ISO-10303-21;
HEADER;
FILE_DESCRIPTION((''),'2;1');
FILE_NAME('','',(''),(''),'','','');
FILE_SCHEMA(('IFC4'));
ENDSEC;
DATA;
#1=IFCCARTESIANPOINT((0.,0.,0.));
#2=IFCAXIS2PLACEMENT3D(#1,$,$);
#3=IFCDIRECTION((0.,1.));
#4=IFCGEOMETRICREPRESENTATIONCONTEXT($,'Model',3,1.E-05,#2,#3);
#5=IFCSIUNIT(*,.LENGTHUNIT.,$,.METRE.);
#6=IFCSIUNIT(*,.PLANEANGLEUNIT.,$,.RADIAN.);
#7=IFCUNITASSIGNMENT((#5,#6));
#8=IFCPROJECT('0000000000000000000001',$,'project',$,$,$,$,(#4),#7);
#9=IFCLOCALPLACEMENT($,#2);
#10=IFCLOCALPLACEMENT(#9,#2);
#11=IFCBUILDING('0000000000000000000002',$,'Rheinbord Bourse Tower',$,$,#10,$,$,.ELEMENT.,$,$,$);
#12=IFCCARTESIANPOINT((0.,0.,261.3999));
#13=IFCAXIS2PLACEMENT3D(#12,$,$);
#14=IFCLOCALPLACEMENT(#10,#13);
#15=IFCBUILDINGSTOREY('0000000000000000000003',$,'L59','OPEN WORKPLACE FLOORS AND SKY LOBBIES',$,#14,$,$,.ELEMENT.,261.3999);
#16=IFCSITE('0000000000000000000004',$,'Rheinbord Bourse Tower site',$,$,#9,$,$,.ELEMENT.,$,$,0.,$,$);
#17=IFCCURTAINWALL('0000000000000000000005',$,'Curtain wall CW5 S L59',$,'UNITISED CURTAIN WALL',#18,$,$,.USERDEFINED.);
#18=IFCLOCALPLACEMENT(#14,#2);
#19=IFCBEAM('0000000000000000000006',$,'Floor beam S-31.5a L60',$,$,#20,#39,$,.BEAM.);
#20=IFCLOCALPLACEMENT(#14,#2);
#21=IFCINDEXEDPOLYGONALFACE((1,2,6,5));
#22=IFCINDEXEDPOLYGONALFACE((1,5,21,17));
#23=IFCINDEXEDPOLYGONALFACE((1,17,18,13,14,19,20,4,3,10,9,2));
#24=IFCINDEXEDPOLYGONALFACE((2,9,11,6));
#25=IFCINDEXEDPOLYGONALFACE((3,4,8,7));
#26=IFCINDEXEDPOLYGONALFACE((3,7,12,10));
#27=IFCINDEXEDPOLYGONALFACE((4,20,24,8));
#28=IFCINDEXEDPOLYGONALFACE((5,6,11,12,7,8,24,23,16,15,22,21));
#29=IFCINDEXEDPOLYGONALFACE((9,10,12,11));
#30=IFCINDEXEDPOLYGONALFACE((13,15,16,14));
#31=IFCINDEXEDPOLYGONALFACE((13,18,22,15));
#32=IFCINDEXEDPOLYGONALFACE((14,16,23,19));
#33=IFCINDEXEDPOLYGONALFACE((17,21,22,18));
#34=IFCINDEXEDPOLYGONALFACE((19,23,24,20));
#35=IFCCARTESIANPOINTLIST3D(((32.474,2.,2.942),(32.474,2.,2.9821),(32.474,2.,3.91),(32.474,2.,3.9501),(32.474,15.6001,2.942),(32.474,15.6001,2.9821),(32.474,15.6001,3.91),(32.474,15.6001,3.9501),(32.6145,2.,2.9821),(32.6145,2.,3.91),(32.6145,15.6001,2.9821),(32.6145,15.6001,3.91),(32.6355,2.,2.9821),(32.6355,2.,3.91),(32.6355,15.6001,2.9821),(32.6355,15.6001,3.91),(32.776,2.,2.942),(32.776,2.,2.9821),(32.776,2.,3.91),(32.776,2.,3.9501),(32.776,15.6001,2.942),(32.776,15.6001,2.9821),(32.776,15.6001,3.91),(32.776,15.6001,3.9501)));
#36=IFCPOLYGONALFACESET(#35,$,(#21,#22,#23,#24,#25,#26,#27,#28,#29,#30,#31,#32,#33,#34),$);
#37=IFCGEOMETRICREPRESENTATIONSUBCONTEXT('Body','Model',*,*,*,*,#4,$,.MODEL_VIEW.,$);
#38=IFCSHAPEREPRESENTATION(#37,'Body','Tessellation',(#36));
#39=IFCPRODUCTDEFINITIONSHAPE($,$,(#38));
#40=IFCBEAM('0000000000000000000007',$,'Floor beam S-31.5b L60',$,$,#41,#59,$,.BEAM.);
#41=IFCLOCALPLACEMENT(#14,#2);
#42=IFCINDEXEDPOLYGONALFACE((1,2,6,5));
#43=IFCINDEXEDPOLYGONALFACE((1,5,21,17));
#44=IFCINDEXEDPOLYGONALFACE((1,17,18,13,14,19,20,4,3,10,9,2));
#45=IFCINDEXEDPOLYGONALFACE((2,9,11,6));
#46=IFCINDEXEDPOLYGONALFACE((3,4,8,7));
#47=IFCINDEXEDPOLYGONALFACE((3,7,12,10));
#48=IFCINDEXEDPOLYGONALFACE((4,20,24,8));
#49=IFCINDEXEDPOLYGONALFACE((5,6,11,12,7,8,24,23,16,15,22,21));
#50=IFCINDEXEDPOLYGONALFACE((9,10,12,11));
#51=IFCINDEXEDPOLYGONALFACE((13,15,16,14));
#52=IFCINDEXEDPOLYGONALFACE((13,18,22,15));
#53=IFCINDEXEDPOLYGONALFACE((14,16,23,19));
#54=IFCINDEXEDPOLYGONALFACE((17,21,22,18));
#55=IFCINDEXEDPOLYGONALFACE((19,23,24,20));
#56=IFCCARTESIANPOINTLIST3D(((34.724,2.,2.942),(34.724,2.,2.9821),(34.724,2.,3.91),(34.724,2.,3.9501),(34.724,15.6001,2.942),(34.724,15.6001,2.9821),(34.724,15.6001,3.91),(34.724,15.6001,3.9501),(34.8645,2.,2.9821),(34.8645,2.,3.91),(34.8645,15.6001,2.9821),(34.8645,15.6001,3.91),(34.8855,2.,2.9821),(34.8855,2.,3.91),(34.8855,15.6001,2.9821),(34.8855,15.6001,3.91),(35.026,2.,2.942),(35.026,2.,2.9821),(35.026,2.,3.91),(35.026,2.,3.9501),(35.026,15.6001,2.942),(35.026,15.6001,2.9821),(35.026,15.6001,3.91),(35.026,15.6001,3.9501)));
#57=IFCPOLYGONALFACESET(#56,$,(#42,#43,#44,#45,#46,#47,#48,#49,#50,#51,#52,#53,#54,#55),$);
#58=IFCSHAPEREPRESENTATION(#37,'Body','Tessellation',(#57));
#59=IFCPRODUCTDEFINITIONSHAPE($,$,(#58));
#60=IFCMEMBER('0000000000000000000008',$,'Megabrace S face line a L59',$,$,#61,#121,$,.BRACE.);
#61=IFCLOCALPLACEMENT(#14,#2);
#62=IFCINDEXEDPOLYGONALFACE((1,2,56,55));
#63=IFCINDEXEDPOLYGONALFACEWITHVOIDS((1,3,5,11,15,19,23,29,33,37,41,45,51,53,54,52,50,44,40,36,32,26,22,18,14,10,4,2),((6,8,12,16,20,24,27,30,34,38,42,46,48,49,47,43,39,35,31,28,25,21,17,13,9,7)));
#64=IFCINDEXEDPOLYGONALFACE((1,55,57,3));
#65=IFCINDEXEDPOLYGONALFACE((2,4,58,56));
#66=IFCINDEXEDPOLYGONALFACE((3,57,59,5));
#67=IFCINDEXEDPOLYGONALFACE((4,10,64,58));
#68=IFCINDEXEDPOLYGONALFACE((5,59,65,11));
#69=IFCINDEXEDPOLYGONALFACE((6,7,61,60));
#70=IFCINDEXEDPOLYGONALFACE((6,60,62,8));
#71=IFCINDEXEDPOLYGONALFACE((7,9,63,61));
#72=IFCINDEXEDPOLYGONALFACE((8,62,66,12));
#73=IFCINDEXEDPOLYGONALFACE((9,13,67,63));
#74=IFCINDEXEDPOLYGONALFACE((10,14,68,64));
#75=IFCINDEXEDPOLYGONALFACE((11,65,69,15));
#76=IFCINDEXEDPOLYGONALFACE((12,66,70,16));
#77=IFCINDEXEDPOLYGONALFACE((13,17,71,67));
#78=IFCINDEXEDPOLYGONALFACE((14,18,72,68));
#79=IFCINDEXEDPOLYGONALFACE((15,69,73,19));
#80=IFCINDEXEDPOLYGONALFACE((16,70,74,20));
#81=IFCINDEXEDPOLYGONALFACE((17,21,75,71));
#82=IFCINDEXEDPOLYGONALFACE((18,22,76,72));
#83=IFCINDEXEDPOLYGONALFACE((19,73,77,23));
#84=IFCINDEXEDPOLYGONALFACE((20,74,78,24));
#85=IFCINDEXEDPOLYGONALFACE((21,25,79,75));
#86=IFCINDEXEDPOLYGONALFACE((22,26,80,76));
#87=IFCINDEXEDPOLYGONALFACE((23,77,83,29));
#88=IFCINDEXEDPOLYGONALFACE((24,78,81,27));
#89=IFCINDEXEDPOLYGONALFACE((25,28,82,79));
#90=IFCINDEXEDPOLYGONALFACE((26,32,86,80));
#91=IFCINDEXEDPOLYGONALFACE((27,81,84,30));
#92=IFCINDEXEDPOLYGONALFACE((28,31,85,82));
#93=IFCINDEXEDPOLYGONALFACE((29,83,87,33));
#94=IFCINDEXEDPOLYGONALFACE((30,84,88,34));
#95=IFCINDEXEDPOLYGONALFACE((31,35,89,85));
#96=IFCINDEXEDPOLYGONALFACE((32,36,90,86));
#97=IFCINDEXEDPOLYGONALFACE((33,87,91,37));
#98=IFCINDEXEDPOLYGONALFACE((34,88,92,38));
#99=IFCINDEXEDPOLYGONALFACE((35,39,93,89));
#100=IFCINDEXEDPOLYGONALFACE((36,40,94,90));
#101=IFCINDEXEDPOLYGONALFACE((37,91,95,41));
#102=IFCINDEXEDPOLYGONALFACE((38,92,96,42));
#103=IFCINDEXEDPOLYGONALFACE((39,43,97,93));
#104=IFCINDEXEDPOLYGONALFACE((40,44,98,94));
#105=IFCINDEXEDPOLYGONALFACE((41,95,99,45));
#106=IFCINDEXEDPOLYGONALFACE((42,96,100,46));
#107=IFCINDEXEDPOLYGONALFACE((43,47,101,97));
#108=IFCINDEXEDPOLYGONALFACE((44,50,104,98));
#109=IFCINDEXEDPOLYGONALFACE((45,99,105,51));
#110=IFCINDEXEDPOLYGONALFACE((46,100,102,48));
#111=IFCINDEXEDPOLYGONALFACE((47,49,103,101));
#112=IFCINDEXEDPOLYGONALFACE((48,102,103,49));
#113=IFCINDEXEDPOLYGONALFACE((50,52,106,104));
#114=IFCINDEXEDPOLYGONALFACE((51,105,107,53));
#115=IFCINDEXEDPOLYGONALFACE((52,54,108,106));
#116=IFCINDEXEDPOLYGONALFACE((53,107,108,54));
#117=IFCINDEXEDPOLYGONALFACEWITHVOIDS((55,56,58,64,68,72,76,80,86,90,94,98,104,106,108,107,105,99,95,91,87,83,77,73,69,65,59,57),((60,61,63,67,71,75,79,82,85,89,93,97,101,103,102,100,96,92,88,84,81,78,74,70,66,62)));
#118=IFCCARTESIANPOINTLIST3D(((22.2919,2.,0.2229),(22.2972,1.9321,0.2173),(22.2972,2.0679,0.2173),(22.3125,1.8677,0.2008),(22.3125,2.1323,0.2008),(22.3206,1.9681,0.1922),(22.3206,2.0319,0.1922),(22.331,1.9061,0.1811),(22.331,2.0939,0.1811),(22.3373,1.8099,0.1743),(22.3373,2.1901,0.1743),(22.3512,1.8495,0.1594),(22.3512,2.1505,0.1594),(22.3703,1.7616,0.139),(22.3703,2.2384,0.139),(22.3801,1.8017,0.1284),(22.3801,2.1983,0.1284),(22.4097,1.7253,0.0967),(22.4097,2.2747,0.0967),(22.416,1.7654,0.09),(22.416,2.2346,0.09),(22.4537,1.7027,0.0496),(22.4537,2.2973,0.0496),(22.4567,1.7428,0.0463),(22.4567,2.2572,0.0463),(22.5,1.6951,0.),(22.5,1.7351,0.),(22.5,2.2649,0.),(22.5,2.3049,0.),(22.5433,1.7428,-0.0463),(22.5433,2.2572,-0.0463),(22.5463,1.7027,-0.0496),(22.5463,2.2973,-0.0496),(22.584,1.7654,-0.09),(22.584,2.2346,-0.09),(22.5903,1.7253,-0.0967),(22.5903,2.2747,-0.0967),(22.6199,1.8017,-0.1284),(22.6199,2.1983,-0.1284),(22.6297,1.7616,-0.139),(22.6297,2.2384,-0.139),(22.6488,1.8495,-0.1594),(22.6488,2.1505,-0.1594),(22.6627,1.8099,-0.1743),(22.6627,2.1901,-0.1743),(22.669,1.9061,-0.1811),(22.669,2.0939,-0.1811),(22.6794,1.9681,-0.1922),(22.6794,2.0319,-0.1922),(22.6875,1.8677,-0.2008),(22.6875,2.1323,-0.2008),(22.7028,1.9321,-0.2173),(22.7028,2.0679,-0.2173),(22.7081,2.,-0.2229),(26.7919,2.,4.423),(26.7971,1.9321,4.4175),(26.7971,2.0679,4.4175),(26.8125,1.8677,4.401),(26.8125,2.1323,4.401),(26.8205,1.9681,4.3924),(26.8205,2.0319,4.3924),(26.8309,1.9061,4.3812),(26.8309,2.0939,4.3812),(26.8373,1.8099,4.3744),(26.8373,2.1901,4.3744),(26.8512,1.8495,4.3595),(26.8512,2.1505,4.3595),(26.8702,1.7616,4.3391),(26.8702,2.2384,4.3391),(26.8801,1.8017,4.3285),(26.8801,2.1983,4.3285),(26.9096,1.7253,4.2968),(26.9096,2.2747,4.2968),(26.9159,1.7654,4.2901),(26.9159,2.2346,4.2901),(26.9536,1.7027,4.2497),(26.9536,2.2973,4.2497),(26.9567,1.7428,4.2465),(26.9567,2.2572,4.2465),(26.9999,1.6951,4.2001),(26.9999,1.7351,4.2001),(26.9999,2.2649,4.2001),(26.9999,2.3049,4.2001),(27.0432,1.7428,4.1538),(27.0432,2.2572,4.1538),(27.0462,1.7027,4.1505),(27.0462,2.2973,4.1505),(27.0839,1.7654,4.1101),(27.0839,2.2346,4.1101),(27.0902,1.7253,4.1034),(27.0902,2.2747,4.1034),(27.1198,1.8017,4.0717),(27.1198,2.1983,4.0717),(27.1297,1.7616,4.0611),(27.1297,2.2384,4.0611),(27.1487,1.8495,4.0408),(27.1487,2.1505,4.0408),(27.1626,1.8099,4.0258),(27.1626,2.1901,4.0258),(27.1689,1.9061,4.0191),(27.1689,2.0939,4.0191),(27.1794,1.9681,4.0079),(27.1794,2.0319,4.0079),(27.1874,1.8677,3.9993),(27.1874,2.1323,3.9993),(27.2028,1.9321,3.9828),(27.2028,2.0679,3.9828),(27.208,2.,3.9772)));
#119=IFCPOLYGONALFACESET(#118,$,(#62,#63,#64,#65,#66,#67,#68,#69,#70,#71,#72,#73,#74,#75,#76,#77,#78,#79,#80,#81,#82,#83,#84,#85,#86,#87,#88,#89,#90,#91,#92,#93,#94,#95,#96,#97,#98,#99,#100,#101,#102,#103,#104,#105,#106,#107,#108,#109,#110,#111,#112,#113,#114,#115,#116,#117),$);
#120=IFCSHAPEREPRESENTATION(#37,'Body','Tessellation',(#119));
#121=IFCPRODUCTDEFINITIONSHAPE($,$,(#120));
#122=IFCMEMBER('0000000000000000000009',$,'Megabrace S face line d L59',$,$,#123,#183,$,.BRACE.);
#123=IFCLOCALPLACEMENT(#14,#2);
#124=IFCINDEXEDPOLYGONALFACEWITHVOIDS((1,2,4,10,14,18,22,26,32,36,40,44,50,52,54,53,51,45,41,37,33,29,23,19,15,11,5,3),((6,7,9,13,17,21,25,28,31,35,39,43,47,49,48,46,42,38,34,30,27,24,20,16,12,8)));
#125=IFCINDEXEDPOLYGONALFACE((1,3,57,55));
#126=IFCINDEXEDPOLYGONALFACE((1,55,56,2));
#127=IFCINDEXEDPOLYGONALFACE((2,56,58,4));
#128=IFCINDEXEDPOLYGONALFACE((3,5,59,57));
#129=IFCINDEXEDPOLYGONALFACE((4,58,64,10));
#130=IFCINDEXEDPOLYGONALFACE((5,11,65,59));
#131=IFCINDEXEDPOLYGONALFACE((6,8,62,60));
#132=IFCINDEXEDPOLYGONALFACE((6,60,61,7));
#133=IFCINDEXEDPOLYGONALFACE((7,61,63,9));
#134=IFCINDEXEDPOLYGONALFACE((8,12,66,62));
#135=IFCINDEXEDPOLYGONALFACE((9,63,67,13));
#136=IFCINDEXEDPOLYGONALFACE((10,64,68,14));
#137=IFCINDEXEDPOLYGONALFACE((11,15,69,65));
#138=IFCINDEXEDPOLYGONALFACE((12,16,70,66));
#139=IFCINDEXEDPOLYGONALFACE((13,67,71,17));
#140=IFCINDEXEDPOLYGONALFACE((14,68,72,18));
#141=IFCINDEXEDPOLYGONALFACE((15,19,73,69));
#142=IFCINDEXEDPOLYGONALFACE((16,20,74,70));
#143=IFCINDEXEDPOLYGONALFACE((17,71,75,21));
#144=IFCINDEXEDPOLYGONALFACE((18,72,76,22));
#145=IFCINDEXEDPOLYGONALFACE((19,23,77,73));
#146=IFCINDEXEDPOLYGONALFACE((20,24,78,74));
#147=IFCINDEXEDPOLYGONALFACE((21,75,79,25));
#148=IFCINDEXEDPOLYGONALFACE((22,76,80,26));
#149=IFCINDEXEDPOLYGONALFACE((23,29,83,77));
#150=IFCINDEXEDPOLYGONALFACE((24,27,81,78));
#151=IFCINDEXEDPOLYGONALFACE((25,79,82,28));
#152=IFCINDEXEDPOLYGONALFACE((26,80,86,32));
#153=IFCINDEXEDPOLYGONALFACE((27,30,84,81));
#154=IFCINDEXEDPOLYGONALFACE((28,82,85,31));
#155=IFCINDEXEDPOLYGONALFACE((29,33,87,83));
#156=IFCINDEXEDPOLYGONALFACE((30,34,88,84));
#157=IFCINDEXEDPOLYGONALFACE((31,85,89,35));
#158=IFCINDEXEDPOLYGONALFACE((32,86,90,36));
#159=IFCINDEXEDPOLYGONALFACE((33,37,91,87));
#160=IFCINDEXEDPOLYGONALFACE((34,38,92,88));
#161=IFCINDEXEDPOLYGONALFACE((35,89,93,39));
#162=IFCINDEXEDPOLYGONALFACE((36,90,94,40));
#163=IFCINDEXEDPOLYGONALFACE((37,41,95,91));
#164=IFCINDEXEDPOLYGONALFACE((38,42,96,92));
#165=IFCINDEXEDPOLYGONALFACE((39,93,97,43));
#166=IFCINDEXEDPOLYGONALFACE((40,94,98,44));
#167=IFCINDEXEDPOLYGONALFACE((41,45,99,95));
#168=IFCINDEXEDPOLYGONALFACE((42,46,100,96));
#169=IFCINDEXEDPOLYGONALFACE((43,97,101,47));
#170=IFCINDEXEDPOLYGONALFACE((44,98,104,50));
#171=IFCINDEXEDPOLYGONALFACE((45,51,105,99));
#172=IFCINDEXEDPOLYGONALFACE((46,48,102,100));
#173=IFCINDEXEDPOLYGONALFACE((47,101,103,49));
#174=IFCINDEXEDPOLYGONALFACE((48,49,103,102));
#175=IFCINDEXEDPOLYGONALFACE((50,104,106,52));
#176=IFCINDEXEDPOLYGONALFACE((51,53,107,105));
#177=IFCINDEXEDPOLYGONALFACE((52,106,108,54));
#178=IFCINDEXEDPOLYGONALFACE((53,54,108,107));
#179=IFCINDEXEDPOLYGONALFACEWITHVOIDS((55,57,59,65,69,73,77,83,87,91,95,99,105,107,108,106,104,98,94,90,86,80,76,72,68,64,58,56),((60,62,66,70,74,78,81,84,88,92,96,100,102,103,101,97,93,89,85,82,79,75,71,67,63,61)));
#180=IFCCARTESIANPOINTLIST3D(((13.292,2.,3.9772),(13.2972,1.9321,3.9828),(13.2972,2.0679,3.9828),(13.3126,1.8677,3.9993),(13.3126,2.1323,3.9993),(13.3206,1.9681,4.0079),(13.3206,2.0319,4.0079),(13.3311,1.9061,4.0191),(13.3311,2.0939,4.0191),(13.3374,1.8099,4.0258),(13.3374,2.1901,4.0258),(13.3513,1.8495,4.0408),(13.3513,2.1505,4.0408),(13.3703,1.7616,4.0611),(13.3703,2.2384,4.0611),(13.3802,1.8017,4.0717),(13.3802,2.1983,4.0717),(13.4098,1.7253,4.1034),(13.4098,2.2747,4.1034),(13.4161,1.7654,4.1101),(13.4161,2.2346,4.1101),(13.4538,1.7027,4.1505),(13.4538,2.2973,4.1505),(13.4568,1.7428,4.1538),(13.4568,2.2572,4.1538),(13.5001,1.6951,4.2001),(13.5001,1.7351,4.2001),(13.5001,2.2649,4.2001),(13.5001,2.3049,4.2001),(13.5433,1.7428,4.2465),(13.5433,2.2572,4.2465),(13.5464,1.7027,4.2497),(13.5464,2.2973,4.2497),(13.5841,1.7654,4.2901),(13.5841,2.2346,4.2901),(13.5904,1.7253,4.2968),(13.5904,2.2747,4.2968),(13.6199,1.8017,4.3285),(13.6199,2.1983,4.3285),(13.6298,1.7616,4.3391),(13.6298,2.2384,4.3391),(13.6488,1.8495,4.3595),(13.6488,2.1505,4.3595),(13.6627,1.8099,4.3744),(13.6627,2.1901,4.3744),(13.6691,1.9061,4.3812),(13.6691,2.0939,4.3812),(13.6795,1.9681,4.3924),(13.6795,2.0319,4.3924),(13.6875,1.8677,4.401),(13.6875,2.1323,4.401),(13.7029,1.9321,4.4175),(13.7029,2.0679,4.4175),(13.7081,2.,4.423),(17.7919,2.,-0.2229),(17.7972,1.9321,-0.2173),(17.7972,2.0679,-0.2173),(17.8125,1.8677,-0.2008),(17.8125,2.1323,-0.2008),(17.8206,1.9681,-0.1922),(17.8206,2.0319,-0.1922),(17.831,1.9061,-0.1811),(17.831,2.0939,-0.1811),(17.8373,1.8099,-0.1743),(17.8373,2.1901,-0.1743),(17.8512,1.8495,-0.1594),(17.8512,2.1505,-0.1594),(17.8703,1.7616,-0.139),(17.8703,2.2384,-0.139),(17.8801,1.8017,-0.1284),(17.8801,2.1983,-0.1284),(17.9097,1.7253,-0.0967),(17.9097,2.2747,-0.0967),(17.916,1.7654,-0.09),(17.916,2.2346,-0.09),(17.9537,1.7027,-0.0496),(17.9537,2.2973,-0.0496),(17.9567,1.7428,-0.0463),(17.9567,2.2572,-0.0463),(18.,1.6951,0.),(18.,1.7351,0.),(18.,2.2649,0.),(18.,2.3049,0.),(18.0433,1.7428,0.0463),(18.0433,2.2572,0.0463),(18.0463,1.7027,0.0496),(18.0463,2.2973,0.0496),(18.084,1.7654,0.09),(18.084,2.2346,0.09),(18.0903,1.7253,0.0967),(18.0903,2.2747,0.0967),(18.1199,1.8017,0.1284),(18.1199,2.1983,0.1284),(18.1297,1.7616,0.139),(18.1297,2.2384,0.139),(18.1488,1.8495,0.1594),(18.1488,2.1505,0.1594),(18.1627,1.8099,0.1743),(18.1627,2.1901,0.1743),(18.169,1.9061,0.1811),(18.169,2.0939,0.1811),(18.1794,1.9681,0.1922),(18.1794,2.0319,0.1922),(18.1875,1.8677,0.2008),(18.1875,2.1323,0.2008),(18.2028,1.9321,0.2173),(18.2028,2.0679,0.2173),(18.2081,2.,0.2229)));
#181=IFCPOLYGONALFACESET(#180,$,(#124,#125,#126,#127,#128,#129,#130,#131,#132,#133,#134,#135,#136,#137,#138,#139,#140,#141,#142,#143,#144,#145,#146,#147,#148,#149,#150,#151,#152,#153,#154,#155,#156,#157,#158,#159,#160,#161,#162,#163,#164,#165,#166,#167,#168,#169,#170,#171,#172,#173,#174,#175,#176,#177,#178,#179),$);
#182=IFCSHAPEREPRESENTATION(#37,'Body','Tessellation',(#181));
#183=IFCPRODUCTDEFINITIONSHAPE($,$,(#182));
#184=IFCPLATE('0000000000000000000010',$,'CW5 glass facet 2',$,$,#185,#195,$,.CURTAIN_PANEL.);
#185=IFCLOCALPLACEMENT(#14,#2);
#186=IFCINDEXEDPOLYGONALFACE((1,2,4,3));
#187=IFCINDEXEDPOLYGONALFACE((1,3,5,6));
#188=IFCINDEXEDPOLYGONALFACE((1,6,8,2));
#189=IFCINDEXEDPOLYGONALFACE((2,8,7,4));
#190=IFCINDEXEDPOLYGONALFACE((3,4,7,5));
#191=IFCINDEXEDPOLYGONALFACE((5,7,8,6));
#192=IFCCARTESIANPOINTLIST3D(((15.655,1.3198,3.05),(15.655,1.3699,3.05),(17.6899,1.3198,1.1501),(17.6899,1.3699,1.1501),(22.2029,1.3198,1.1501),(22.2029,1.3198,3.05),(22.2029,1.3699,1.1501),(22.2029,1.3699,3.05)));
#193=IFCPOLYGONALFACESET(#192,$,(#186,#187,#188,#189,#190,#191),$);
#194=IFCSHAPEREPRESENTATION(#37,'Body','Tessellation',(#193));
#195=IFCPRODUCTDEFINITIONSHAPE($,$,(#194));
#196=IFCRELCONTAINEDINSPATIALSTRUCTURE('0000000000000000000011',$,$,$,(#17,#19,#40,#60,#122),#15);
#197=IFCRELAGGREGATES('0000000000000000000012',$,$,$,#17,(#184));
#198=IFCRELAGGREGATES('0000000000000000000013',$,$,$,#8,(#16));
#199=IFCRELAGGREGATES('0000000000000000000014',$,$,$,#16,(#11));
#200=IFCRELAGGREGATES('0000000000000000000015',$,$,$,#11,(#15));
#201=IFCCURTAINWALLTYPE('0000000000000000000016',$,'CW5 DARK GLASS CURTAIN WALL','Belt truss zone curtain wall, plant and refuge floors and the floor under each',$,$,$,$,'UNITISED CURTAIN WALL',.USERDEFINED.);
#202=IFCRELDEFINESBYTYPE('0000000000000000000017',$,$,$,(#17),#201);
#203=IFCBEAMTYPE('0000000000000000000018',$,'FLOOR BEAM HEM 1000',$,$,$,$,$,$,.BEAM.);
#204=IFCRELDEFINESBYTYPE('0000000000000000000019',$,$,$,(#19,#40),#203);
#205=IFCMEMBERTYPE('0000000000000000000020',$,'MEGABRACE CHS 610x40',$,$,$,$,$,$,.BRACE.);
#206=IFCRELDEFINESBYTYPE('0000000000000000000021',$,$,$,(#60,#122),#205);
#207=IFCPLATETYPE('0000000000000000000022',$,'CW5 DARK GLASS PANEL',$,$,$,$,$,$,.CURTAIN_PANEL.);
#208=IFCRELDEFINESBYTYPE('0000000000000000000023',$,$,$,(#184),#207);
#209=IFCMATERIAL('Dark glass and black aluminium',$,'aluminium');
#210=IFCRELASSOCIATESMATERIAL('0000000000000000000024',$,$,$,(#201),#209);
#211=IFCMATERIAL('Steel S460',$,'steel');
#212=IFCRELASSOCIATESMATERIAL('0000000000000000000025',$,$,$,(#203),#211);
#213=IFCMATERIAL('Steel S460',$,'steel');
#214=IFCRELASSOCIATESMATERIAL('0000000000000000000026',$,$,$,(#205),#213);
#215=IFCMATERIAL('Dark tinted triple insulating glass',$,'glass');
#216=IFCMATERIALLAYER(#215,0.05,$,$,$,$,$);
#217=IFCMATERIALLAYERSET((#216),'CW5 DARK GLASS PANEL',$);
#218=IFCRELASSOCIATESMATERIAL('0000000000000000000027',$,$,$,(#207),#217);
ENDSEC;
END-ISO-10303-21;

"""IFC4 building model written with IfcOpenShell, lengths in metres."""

from ifc_helpers import new_model, si_unit, direction, frame, origin, origin_2d, place, context, subcontext, project, spatial, polyline, hollow_circle, i_section, outline, extrude, material, layer, layer_set, material_profile, profile_set, type_object, element, aggregate, save


model = new_model("IFC4")

# Units and contexts
model_context = context("Model", 3, precision=1e-05, world=origin(), true_north=direction((0.0, 1.0)))
body_context = subcontext(model_context, "Body", "Model", "MODEL_VIEW")
ifc_project = project(units=[si_unit("LENGTHUNIT", "METRE"), si_unit("PLANEANGLEUNIT", "RADIAN")], contexts=[model_context])

# Site, building, storey
site_placement = place(None, origin())
site = spatial("IfcSite", under=ifc_project, at=site_placement, Name="Rheinbord Bourse Tower site", CompositionType="ELEMENT", RefElevation=0.0)
building_placement = place(site_placement, origin())
building = spatial("IfcBuilding", under=site, at=building_placement, Name="Rheinbord Bourse Tower", CompositionType="ELEMENT")
storey_placement = place(building_placement, frame((0.0, 0.0, 261.3999)))
storey = spatial("IfcBuildingStorey", under=building, at=storey_placement, Name="L59", Description="OPEN WORKPLACE FLOORS AND SKY LOBBIES", CompositionType="ELEMENT", Elevation=261.3999)

# Curtain wall
ifc_material_1 = material(Name="Dark glass and black aluminium", Category="aluminium")
curtain_wall_type = type_object("IfcCurtainWallType", Name="CW5 DARK GLASS CURTAIN WALL", Description="Belt truss zone curtain wall, plant and refuge floors and the floor under each", ElementType="UNITISED CURTAIN WALL", PredefinedType="USERDEFINED", material=ifc_material_1)
curtain_wall_placement = place(storey_placement, origin())
curtain_wall = element("IfcCurtainWall", 1, at=curtain_wall_placement, inside=storey, type_object=curtain_wall_type, Name="Curtain wall CW5 S L59", ObjectType="UNITISED CURTAIN WALL", PredefinedType="USERDEFINED")

# Beams
ifc_material_2 = material(Name="Steel S460", Category="steel")
ifc_material_profile_1 = material_profile(ifc_material_2, i_section(OverallWidth=0.302, OverallDepth=1.0081, WebThickness=0.021, FlangeThickness=0.04, at=origin_2d()), Name="HEM 1000")
ifc_profile_set_1 = profile_set([ifc_material_profile_1], Name="Steel S460")
beam_type_1 = type_object("IfcBeamType", Name="FLOOR BEAM HEM 1000", PredefinedType="BEAM", material=ifc_profile_set_1)
for number, where, z_axis, x_axis, name in (
    (2, (32.625, 2.0, 3.446), (0.0, 1.0, 0.0), (-1.0, 0.0, 0.0), "Floor beam S-31.5a L60"),
    (3, (34.875, 2.0, 3.446), (0.0, 1.0, 0.0), (-1.0, 0.0, 0.0), "Floor beam S-31.5b L60"),
):
    element("IfcBeam", number, at=place(storey_placement, frame(where, z_axis=z_axis, x_axis=x_axis)), inside=storey, type_object=beam_type_1, Name=name, PredefinedType="BEAM", context=body_context, shape_type="SweptSolid", body=[
        extrude(i_section(OverallWidth=0.302, OverallDepth=1.0081, WebThickness=0.021, FlangeThickness=0.04, at=origin_2d()), origin(), (0.0, 0.0, 1.0), 13.6001),
    ])

# Members
ifc_material_3 = material(Name="Steel S460", Category="steel")
ifc_material_profile_2 = material_profile(ifc_material_3, hollow_circle(Radius=0.3049, WallThickness=0.04, at=origin_2d()), Name="CHS 610x40")
ifc_profile_set_2 = profile_set([ifc_material_profile_2], Name="Steel S460")
member_type_1 = type_object("IfcMemberType", Name="MEGABRACE CHS 610x40", PredefinedType="BRACE", material=ifc_profile_set_2)
for number, where, z_axis, x_axis, name in (
    (4, (22.5, 2.0, 0.0), (0.731039, 0.0, 0.682335), (0.0, 1.0, 0.0), "Megabrace S face line a L59"),
    (5, (18.0, 2.0, 0.0), (-0.731039, 0.0, 0.682335), (0.0, -1.0, 0.0), "Megabrace S face line d L59"),
):
    element("IfcMember", number, at=place(storey_placement, frame(where, z_axis=z_axis, x_axis=x_axis)), inside=storey, type_object=member_type_1, Name=name, PredefinedType="BRACE", context=body_context, shape_type="SweptSolid", body=[
        extrude(hollow_circle(Radius=0.3049, WallThickness=0.04, at=origin_2d()), origin(), (0.0, 0.0, 1.0), 6.1555),
    ])

# Plate
ifc_material_4 = material(Name="Dark tinted triple insulating glass", Category="glass")
ifc_layer = layer(ifc_material_4, 0.05)
ifc_layer_set = layer_set([ifc_layer], Name="CW5 DARK GLASS PANEL")
plate_type = type_object("IfcPlateType", Name="CW5 DARK GLASS PANEL", PredefinedType="CURTAIN_PANEL", material=ifc_layer_set)
plate_1_placement = place(storey_placement, frame((22.2029, 1.3198, 3.05), z_axis=(0.0, 1.0, 0.0), x_axis=(0.0, 0.0, -1.0)))
plate_1 = element("IfcPlate", 6, at=plate_1_placement, type_object=plate_type, Name="CW5 glass facet 2", PredefinedType="CURTAIN_PANEL", context=body_context, shape_type="SweptSolid", body=[
    extrude(outline(polyline([(0.0, 0.0), (1.8999, 0.0), (1.8999, 4.5129), (0.0, 6.5479), (0.0, 0.0)])), origin(), (0.0, 0.0, 1.0), 0.05),
])
aggregate(curtain_wall, [plate_1])

save(model, "model.ifc")
